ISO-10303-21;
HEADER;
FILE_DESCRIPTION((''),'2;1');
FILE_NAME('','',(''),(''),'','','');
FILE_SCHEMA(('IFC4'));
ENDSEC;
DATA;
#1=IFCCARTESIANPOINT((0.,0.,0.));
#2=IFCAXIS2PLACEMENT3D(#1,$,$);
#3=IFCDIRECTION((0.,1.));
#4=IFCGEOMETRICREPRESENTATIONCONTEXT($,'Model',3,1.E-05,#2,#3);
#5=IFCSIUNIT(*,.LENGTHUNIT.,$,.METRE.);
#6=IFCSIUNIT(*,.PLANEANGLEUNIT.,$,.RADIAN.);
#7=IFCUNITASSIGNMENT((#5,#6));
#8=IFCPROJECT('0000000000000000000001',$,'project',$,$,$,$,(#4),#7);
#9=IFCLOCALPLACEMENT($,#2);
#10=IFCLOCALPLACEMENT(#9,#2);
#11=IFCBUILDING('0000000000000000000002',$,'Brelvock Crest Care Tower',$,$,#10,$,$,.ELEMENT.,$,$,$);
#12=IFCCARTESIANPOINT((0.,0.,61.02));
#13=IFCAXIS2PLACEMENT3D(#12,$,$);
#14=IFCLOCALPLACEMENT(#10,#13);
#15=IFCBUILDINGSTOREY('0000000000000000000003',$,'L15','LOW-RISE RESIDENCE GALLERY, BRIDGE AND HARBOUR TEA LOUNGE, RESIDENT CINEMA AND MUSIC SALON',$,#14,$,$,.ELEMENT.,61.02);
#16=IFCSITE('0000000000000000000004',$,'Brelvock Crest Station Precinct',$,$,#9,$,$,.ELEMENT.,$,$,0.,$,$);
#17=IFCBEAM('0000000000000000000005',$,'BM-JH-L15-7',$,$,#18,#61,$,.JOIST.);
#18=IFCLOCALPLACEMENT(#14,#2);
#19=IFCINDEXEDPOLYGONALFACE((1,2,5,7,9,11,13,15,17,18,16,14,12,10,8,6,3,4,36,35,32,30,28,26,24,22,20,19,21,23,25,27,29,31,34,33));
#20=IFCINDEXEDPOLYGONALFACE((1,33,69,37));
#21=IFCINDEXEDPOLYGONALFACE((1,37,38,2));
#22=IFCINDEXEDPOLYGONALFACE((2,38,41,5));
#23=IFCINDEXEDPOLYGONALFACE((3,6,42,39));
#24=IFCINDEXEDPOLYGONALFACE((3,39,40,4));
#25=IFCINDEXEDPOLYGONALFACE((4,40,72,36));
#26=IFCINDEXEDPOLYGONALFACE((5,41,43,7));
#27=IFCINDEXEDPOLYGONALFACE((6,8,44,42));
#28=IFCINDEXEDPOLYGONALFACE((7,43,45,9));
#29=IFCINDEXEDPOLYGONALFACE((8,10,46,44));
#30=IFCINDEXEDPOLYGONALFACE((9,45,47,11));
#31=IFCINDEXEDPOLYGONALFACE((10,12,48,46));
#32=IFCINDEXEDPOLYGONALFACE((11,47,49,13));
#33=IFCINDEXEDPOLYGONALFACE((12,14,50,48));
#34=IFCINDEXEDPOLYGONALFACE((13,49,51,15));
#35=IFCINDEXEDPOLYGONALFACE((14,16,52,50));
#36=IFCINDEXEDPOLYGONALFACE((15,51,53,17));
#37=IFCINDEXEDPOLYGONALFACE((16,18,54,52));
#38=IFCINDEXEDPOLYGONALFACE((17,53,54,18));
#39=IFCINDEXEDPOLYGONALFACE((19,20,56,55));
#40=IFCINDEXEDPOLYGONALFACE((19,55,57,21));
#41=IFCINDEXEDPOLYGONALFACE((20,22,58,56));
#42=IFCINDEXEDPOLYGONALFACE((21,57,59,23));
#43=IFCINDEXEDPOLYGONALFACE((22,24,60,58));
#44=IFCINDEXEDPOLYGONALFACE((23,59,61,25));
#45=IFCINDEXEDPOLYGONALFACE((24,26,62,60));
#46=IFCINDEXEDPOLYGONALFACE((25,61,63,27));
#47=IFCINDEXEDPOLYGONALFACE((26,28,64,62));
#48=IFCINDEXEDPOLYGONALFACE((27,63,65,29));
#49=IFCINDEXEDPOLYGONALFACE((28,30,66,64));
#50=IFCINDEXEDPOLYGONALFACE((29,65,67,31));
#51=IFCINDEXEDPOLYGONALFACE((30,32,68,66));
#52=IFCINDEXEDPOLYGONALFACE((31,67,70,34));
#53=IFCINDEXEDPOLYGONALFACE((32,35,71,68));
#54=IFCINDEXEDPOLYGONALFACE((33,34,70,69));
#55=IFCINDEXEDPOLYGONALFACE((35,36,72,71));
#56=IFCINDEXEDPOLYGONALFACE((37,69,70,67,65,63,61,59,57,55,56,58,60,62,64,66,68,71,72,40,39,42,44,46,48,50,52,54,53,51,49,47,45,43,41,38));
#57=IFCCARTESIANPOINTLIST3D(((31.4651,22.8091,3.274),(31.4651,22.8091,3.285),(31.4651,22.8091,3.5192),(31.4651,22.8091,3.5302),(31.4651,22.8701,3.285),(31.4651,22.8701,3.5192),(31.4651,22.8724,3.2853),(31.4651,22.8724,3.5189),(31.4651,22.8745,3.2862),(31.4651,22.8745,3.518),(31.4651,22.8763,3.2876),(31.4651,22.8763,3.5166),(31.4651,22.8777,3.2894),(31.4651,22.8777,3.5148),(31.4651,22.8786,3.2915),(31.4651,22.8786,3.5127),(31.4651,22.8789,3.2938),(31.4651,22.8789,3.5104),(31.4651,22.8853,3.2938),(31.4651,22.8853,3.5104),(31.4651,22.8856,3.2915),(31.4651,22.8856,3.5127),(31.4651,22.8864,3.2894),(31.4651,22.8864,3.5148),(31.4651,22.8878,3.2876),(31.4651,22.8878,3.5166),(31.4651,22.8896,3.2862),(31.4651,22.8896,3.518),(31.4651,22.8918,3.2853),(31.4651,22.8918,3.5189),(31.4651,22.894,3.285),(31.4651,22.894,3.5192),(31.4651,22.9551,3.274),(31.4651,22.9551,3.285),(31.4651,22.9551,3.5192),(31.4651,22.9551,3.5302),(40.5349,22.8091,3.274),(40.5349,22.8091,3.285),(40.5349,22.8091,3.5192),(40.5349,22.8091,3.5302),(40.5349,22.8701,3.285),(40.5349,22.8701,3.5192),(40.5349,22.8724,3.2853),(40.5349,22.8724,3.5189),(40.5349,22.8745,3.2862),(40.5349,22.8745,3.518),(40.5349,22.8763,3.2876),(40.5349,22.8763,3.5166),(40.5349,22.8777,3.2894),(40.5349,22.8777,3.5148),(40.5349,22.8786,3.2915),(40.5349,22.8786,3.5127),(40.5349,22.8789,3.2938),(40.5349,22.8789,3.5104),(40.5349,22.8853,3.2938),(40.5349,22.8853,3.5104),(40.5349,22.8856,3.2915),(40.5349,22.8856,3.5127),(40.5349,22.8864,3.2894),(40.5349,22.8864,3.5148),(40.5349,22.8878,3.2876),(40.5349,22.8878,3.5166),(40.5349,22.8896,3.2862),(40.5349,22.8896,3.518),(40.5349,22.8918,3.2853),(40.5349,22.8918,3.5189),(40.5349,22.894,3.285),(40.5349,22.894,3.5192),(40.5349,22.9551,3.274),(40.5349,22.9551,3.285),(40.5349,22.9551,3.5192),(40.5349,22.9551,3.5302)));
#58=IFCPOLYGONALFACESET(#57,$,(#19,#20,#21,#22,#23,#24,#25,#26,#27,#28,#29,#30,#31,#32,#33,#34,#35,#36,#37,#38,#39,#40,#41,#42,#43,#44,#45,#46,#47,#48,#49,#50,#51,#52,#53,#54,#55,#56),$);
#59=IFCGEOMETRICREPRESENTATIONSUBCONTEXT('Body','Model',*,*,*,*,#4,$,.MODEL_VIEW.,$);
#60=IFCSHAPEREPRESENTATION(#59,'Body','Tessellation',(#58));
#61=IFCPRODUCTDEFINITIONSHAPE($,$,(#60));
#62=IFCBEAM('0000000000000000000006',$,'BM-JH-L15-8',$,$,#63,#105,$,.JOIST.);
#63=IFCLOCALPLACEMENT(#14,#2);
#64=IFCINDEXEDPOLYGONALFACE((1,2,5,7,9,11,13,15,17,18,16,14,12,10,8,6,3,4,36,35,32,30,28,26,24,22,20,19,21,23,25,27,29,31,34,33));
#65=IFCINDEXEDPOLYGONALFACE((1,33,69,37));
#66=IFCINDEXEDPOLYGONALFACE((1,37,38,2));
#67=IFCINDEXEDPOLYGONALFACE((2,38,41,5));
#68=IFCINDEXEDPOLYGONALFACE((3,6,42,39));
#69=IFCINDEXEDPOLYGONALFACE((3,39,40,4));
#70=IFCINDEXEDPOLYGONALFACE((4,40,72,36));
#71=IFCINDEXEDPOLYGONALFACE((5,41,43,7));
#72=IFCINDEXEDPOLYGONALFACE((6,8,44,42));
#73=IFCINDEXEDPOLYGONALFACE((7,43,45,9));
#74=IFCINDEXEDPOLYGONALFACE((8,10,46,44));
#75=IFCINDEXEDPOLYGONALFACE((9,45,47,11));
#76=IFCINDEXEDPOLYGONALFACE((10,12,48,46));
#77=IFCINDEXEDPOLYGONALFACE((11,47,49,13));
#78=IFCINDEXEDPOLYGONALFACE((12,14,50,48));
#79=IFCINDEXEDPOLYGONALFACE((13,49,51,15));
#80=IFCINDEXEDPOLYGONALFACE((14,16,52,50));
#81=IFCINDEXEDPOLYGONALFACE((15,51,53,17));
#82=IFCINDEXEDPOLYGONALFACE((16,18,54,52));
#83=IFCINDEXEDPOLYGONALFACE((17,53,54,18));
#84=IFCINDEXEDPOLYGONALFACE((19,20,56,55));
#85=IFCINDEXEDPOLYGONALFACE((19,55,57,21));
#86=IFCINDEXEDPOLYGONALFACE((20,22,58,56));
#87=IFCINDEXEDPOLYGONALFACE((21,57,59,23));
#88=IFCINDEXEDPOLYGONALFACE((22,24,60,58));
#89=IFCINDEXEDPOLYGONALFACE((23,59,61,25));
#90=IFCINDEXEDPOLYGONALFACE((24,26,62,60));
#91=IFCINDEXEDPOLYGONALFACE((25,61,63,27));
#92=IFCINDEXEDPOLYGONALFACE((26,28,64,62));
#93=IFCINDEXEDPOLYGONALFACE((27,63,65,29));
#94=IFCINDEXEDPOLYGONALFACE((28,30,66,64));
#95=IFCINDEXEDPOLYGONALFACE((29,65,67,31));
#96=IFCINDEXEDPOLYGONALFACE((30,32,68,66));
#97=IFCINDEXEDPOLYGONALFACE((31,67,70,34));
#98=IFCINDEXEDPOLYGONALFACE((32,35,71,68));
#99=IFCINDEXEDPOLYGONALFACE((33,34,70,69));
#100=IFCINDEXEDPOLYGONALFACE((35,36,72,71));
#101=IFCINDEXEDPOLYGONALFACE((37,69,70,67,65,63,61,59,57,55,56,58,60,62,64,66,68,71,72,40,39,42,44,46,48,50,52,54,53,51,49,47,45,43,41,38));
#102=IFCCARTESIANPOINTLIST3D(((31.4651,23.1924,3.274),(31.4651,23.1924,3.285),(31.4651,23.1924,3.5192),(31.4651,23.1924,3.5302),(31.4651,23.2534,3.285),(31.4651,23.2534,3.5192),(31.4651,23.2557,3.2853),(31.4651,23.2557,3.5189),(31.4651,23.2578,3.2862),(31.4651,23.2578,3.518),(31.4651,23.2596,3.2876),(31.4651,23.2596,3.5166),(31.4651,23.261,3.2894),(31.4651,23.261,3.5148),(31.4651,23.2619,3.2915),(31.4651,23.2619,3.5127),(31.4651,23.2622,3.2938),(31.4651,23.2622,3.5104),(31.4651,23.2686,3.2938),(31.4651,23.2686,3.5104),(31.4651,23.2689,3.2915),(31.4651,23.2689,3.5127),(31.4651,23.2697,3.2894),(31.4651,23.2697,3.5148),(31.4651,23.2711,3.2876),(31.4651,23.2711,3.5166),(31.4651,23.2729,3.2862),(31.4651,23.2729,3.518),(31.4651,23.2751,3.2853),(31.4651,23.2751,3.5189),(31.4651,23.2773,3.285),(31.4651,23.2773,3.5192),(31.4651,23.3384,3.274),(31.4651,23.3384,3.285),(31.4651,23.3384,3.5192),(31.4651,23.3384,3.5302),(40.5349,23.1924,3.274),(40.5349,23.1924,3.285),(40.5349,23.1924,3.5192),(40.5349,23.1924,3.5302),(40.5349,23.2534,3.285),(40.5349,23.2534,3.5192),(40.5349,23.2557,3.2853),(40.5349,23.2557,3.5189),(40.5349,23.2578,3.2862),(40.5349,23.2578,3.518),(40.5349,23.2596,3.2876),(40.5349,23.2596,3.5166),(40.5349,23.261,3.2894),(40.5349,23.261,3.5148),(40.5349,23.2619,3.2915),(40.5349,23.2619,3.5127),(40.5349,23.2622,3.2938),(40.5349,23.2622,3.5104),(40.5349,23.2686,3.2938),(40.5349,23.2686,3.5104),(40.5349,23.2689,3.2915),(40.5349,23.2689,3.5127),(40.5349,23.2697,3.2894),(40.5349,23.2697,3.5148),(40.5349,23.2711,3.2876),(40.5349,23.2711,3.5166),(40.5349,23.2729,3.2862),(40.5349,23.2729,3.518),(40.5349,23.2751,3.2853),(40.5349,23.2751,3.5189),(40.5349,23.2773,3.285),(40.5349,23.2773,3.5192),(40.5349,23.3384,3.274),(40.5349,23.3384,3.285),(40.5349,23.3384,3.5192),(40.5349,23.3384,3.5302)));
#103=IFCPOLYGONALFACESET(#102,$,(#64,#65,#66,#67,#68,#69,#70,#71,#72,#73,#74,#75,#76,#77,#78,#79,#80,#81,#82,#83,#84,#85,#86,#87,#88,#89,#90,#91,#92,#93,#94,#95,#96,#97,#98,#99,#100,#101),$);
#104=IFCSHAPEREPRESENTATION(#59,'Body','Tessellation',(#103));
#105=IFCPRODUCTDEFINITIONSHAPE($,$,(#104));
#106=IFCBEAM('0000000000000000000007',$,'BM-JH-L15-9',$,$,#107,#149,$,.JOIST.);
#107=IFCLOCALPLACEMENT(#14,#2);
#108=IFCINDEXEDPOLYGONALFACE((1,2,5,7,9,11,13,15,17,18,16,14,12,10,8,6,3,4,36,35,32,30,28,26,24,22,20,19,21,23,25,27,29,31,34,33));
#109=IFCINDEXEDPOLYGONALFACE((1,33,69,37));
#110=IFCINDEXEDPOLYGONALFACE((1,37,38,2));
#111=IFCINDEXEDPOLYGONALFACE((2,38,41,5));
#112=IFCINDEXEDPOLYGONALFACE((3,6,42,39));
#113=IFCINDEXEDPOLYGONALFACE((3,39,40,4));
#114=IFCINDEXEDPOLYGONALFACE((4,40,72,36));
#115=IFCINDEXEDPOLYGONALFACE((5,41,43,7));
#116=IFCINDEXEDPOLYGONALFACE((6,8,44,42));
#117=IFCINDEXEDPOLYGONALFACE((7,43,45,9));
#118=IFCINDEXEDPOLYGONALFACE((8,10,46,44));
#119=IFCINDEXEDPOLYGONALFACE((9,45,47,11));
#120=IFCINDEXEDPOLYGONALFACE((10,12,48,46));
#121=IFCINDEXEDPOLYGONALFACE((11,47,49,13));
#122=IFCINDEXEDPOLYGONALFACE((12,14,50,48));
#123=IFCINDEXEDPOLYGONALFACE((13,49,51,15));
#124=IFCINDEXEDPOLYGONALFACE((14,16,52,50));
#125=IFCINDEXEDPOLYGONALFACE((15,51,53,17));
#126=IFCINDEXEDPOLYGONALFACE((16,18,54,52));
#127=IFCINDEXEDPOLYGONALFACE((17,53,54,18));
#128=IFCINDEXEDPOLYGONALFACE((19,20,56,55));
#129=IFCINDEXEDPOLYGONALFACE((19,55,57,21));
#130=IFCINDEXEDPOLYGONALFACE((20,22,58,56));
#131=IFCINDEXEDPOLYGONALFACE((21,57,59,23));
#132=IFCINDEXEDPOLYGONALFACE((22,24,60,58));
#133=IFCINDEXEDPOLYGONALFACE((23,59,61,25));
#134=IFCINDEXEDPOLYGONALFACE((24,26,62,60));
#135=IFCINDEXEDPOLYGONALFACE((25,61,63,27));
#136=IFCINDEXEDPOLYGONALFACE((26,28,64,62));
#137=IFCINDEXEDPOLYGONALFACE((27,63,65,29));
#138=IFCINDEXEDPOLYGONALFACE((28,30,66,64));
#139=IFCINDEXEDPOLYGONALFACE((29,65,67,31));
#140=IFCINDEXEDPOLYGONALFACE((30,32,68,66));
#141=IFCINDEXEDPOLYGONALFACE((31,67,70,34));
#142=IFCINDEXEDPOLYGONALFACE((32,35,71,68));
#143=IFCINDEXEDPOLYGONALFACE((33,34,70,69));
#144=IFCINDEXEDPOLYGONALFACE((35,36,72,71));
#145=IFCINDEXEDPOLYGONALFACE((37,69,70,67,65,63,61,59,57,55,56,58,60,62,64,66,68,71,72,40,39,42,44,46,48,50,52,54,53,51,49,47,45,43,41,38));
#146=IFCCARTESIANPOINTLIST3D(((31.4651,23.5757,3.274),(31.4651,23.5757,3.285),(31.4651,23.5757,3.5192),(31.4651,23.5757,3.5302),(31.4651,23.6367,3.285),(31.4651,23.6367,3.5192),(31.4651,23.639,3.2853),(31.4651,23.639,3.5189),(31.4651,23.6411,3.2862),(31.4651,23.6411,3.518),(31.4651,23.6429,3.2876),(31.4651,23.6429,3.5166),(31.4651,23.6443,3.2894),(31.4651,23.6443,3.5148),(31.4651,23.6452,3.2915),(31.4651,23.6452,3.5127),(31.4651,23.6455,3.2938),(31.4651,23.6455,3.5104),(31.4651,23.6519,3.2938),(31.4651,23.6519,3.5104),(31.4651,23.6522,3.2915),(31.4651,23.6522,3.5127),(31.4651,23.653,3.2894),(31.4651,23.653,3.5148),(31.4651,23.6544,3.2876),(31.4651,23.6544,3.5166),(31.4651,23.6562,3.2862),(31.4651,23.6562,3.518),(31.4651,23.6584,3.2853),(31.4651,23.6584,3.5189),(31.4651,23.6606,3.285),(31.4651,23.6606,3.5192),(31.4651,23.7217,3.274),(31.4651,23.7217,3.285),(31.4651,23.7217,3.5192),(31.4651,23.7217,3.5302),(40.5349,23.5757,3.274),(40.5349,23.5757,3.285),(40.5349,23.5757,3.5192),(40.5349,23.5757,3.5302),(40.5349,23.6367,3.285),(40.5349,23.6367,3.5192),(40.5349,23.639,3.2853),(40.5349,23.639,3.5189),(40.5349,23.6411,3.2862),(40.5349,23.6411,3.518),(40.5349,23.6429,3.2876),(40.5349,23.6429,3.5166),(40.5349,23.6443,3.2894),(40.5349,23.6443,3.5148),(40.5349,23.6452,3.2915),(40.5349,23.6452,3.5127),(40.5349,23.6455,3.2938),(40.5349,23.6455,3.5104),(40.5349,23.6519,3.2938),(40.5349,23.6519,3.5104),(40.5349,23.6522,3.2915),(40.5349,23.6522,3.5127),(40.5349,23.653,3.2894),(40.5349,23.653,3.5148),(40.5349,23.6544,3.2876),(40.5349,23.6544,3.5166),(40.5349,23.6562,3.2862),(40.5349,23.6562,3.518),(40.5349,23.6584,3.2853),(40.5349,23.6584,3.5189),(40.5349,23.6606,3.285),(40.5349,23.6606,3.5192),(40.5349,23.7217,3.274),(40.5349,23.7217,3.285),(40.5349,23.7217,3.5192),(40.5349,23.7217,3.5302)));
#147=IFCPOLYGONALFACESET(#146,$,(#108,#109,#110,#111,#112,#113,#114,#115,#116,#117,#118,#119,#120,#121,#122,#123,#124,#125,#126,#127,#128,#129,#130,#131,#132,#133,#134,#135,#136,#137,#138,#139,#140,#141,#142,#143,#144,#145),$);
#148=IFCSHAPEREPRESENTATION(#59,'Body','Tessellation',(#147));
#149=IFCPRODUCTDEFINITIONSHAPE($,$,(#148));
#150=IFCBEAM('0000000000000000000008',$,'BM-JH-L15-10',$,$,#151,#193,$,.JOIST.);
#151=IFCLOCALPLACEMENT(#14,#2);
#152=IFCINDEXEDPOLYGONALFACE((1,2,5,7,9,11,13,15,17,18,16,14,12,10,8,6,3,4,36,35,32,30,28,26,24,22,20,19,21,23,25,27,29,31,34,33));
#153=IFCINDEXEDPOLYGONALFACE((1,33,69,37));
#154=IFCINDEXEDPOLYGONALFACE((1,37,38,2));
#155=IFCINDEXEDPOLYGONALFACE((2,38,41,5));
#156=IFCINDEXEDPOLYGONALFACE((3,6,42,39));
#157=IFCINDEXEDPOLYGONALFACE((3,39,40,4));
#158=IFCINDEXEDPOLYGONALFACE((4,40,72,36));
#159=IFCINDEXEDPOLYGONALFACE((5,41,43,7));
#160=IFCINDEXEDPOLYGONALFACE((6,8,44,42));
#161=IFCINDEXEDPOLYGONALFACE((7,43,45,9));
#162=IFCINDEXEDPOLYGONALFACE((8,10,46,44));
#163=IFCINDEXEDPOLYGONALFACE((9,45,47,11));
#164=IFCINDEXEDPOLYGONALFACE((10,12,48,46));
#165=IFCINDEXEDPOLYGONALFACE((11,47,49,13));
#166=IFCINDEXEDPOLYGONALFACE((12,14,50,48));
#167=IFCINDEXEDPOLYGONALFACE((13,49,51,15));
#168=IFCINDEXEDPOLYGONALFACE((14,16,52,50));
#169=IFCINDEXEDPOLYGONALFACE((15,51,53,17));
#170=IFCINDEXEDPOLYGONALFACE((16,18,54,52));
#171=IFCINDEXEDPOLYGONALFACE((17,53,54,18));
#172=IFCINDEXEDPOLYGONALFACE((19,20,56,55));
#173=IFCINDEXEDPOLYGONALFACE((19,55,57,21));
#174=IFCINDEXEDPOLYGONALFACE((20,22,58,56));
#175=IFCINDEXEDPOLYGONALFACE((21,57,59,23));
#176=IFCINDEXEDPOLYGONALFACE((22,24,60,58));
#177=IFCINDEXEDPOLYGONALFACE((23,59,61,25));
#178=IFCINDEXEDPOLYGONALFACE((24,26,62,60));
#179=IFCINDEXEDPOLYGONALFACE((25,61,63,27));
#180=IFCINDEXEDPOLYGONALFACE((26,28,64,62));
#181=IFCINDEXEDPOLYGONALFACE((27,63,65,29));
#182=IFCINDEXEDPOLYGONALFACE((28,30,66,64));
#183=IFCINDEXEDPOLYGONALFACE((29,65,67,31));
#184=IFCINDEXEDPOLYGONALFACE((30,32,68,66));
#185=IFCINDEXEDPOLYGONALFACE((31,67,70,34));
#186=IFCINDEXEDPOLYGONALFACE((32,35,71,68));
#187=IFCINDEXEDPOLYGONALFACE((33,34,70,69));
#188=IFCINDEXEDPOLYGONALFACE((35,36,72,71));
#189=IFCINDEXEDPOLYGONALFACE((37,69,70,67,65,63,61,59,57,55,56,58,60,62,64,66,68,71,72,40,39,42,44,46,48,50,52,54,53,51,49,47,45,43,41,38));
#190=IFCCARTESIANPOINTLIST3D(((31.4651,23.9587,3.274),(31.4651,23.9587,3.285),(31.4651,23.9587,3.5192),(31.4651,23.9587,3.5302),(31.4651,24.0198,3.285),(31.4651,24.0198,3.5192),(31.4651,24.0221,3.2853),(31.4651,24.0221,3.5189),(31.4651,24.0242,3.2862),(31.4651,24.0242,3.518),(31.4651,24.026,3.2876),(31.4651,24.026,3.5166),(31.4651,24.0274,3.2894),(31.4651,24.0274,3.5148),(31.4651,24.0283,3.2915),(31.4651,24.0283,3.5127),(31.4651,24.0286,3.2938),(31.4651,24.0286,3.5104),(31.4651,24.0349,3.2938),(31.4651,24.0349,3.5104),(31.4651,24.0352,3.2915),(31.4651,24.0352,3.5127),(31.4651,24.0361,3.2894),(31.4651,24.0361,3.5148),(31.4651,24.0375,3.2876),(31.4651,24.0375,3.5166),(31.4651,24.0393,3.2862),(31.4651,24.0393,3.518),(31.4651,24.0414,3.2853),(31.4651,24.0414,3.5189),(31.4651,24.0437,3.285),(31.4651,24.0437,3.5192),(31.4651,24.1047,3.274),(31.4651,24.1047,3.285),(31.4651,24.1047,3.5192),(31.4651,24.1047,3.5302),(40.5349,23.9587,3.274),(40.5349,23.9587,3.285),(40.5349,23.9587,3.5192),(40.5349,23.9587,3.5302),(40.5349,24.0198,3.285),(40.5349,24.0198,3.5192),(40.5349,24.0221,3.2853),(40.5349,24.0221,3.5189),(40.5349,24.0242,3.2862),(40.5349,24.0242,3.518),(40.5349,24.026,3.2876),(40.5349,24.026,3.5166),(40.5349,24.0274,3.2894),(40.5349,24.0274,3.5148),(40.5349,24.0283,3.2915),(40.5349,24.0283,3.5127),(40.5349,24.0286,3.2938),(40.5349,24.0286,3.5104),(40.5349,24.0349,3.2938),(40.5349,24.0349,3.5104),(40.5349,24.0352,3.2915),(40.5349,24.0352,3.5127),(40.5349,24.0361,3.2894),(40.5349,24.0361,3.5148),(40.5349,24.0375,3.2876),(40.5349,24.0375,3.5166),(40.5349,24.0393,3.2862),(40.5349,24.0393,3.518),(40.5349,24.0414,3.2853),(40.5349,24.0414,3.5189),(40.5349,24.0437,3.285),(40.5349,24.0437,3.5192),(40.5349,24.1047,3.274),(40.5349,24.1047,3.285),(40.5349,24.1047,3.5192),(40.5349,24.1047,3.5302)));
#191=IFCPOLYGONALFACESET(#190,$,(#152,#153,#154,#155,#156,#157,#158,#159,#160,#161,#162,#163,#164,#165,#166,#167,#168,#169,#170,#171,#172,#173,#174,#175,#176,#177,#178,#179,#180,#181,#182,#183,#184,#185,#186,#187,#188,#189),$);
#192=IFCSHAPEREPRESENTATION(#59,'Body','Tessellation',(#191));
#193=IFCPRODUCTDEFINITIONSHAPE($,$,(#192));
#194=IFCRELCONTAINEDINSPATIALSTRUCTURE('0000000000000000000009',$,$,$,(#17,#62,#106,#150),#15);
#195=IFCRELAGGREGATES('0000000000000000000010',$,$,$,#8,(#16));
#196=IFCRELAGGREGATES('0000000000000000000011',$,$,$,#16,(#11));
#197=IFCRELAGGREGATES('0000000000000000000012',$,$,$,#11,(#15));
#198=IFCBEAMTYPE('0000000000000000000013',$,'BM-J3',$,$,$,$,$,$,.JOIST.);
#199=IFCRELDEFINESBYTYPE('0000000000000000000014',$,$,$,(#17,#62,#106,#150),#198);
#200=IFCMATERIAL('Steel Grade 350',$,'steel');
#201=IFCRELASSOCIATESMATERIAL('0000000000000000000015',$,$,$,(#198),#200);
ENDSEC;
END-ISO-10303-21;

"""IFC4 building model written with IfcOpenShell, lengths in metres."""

from ifc_helpers import new_model, si_unit, direction, frame, origin, origin_2d, place, context, subcontext, project, spatial, i_section, extrude, source, transform, mapped, material, material_profile, profile_set, type_object, element, save


model = new_model("IFC4")

# Units and contexts
model_context = context("Model", 3, precision=1e-05, world=origin(), true_north=direction((0.0, 1.0)))
body_context = subcontext(model_context, "Body", "Model", "MODEL_VIEW")
ifc_project = project(units=[si_unit("LENGTHUNIT", "METRE"), si_unit("PLANEANGLEUNIT", "RADIAN")], contexts=[model_context])

# Site, building, storey
site_placement = place(None, origin())
site = spatial("IfcSite", under=ifc_project, at=site_placement, Name="Brelvock Crest Station Precinct", CompositionType="ELEMENT", RefElevation=0.0)
building_placement = place(site_placement, origin())
building = spatial("IfcBuilding", under=site, at=building_placement, Name="Brelvock Crest Care Tower", CompositionType="ELEMENT")
storey_placement = place(building_placement, frame((0.0, 0.0, 61.02)))
storey = spatial("IfcBuildingStorey", under=building, at=storey_placement, Name="L15", Description="LOW-RISE RESIDENCE GALLERY, BRIDGE AND HARBOUR TEA LOUNGE, RESIDENT CINEMA AND MUSIC SALON", CompositionType="ELEMENT", Elevation=61.02)

# Beams
ifc_material_1 = material(Name="Steel Grade 350", Category="steel")
ifc_material_profile = material_profile(ifc_material_1, i_section(OverallWidth=0.146, OverallDepth=0.2561, WebThickness=0.0063, FlangeThickness=0.011, FilletRadius=0.0088, at=origin_2d()), Name="250UB37.3")
ifc_profile_set = profile_set([ifc_material_profile], Name="Steel Grade 350")
beam_type = type_object("IfcBeamType", Name="BM-J3", PredefinedType="JOIST", material=ifc_profile_set)
shared_shape_1 = source(origin(), body_context, "Body", "SweptSolid", [
    extrude(i_section(OverallWidth=0.146, OverallDepth=0.2561, WebThickness=0.0063, FlangeThickness=0.011, FilletRadius=0.0088, at=origin_2d()), origin(), (0.0, 0.0, 1.0), 9.0698),
])
for number, where, z_axis, x_axis, name in (
    (1, (31.4651, 22.8821, 3.4021), (1.0, 0.0, 0.0), (0.0, 1.0, 0.0), "BM-JH-L15-7"),
    (2, (31.4651, 23.2654, 3.4021), (1.0, 0.0, 0.0), (0.0, 1.0, 0.0), "BM-JH-L15-8"),
    (3, (31.4651, 23.6487, 3.4021), (1.0, 0.0, 0.0), (0.0, 1.0, 0.0), "BM-JH-L15-9"),
    (4, (31.4651, 24.0317, 3.4021), (1.0, 0.0, 0.0), (0.0, 1.0, 0.0), "BM-JH-L15-10"),
):
    element("IfcBeam", number, at=place(storey_placement, frame(where, z_axis=z_axis, x_axis=x_axis)), inside=storey, type_object=beam_type, Name=name, PredefinedType="JOIST", context=body_context, shape_type="MappedRepresentation", body=[
        mapped(shared_shape_1, transform((0.0, 0.0, 0.0), x_axis=(1.0, 0.0, 0.0), y_axis=(0.0, 1.0, 0.0), z_axis=(0.0, 0.0, 1.0), scale=1.0)),
    ])

save(model, "model.ifc")
